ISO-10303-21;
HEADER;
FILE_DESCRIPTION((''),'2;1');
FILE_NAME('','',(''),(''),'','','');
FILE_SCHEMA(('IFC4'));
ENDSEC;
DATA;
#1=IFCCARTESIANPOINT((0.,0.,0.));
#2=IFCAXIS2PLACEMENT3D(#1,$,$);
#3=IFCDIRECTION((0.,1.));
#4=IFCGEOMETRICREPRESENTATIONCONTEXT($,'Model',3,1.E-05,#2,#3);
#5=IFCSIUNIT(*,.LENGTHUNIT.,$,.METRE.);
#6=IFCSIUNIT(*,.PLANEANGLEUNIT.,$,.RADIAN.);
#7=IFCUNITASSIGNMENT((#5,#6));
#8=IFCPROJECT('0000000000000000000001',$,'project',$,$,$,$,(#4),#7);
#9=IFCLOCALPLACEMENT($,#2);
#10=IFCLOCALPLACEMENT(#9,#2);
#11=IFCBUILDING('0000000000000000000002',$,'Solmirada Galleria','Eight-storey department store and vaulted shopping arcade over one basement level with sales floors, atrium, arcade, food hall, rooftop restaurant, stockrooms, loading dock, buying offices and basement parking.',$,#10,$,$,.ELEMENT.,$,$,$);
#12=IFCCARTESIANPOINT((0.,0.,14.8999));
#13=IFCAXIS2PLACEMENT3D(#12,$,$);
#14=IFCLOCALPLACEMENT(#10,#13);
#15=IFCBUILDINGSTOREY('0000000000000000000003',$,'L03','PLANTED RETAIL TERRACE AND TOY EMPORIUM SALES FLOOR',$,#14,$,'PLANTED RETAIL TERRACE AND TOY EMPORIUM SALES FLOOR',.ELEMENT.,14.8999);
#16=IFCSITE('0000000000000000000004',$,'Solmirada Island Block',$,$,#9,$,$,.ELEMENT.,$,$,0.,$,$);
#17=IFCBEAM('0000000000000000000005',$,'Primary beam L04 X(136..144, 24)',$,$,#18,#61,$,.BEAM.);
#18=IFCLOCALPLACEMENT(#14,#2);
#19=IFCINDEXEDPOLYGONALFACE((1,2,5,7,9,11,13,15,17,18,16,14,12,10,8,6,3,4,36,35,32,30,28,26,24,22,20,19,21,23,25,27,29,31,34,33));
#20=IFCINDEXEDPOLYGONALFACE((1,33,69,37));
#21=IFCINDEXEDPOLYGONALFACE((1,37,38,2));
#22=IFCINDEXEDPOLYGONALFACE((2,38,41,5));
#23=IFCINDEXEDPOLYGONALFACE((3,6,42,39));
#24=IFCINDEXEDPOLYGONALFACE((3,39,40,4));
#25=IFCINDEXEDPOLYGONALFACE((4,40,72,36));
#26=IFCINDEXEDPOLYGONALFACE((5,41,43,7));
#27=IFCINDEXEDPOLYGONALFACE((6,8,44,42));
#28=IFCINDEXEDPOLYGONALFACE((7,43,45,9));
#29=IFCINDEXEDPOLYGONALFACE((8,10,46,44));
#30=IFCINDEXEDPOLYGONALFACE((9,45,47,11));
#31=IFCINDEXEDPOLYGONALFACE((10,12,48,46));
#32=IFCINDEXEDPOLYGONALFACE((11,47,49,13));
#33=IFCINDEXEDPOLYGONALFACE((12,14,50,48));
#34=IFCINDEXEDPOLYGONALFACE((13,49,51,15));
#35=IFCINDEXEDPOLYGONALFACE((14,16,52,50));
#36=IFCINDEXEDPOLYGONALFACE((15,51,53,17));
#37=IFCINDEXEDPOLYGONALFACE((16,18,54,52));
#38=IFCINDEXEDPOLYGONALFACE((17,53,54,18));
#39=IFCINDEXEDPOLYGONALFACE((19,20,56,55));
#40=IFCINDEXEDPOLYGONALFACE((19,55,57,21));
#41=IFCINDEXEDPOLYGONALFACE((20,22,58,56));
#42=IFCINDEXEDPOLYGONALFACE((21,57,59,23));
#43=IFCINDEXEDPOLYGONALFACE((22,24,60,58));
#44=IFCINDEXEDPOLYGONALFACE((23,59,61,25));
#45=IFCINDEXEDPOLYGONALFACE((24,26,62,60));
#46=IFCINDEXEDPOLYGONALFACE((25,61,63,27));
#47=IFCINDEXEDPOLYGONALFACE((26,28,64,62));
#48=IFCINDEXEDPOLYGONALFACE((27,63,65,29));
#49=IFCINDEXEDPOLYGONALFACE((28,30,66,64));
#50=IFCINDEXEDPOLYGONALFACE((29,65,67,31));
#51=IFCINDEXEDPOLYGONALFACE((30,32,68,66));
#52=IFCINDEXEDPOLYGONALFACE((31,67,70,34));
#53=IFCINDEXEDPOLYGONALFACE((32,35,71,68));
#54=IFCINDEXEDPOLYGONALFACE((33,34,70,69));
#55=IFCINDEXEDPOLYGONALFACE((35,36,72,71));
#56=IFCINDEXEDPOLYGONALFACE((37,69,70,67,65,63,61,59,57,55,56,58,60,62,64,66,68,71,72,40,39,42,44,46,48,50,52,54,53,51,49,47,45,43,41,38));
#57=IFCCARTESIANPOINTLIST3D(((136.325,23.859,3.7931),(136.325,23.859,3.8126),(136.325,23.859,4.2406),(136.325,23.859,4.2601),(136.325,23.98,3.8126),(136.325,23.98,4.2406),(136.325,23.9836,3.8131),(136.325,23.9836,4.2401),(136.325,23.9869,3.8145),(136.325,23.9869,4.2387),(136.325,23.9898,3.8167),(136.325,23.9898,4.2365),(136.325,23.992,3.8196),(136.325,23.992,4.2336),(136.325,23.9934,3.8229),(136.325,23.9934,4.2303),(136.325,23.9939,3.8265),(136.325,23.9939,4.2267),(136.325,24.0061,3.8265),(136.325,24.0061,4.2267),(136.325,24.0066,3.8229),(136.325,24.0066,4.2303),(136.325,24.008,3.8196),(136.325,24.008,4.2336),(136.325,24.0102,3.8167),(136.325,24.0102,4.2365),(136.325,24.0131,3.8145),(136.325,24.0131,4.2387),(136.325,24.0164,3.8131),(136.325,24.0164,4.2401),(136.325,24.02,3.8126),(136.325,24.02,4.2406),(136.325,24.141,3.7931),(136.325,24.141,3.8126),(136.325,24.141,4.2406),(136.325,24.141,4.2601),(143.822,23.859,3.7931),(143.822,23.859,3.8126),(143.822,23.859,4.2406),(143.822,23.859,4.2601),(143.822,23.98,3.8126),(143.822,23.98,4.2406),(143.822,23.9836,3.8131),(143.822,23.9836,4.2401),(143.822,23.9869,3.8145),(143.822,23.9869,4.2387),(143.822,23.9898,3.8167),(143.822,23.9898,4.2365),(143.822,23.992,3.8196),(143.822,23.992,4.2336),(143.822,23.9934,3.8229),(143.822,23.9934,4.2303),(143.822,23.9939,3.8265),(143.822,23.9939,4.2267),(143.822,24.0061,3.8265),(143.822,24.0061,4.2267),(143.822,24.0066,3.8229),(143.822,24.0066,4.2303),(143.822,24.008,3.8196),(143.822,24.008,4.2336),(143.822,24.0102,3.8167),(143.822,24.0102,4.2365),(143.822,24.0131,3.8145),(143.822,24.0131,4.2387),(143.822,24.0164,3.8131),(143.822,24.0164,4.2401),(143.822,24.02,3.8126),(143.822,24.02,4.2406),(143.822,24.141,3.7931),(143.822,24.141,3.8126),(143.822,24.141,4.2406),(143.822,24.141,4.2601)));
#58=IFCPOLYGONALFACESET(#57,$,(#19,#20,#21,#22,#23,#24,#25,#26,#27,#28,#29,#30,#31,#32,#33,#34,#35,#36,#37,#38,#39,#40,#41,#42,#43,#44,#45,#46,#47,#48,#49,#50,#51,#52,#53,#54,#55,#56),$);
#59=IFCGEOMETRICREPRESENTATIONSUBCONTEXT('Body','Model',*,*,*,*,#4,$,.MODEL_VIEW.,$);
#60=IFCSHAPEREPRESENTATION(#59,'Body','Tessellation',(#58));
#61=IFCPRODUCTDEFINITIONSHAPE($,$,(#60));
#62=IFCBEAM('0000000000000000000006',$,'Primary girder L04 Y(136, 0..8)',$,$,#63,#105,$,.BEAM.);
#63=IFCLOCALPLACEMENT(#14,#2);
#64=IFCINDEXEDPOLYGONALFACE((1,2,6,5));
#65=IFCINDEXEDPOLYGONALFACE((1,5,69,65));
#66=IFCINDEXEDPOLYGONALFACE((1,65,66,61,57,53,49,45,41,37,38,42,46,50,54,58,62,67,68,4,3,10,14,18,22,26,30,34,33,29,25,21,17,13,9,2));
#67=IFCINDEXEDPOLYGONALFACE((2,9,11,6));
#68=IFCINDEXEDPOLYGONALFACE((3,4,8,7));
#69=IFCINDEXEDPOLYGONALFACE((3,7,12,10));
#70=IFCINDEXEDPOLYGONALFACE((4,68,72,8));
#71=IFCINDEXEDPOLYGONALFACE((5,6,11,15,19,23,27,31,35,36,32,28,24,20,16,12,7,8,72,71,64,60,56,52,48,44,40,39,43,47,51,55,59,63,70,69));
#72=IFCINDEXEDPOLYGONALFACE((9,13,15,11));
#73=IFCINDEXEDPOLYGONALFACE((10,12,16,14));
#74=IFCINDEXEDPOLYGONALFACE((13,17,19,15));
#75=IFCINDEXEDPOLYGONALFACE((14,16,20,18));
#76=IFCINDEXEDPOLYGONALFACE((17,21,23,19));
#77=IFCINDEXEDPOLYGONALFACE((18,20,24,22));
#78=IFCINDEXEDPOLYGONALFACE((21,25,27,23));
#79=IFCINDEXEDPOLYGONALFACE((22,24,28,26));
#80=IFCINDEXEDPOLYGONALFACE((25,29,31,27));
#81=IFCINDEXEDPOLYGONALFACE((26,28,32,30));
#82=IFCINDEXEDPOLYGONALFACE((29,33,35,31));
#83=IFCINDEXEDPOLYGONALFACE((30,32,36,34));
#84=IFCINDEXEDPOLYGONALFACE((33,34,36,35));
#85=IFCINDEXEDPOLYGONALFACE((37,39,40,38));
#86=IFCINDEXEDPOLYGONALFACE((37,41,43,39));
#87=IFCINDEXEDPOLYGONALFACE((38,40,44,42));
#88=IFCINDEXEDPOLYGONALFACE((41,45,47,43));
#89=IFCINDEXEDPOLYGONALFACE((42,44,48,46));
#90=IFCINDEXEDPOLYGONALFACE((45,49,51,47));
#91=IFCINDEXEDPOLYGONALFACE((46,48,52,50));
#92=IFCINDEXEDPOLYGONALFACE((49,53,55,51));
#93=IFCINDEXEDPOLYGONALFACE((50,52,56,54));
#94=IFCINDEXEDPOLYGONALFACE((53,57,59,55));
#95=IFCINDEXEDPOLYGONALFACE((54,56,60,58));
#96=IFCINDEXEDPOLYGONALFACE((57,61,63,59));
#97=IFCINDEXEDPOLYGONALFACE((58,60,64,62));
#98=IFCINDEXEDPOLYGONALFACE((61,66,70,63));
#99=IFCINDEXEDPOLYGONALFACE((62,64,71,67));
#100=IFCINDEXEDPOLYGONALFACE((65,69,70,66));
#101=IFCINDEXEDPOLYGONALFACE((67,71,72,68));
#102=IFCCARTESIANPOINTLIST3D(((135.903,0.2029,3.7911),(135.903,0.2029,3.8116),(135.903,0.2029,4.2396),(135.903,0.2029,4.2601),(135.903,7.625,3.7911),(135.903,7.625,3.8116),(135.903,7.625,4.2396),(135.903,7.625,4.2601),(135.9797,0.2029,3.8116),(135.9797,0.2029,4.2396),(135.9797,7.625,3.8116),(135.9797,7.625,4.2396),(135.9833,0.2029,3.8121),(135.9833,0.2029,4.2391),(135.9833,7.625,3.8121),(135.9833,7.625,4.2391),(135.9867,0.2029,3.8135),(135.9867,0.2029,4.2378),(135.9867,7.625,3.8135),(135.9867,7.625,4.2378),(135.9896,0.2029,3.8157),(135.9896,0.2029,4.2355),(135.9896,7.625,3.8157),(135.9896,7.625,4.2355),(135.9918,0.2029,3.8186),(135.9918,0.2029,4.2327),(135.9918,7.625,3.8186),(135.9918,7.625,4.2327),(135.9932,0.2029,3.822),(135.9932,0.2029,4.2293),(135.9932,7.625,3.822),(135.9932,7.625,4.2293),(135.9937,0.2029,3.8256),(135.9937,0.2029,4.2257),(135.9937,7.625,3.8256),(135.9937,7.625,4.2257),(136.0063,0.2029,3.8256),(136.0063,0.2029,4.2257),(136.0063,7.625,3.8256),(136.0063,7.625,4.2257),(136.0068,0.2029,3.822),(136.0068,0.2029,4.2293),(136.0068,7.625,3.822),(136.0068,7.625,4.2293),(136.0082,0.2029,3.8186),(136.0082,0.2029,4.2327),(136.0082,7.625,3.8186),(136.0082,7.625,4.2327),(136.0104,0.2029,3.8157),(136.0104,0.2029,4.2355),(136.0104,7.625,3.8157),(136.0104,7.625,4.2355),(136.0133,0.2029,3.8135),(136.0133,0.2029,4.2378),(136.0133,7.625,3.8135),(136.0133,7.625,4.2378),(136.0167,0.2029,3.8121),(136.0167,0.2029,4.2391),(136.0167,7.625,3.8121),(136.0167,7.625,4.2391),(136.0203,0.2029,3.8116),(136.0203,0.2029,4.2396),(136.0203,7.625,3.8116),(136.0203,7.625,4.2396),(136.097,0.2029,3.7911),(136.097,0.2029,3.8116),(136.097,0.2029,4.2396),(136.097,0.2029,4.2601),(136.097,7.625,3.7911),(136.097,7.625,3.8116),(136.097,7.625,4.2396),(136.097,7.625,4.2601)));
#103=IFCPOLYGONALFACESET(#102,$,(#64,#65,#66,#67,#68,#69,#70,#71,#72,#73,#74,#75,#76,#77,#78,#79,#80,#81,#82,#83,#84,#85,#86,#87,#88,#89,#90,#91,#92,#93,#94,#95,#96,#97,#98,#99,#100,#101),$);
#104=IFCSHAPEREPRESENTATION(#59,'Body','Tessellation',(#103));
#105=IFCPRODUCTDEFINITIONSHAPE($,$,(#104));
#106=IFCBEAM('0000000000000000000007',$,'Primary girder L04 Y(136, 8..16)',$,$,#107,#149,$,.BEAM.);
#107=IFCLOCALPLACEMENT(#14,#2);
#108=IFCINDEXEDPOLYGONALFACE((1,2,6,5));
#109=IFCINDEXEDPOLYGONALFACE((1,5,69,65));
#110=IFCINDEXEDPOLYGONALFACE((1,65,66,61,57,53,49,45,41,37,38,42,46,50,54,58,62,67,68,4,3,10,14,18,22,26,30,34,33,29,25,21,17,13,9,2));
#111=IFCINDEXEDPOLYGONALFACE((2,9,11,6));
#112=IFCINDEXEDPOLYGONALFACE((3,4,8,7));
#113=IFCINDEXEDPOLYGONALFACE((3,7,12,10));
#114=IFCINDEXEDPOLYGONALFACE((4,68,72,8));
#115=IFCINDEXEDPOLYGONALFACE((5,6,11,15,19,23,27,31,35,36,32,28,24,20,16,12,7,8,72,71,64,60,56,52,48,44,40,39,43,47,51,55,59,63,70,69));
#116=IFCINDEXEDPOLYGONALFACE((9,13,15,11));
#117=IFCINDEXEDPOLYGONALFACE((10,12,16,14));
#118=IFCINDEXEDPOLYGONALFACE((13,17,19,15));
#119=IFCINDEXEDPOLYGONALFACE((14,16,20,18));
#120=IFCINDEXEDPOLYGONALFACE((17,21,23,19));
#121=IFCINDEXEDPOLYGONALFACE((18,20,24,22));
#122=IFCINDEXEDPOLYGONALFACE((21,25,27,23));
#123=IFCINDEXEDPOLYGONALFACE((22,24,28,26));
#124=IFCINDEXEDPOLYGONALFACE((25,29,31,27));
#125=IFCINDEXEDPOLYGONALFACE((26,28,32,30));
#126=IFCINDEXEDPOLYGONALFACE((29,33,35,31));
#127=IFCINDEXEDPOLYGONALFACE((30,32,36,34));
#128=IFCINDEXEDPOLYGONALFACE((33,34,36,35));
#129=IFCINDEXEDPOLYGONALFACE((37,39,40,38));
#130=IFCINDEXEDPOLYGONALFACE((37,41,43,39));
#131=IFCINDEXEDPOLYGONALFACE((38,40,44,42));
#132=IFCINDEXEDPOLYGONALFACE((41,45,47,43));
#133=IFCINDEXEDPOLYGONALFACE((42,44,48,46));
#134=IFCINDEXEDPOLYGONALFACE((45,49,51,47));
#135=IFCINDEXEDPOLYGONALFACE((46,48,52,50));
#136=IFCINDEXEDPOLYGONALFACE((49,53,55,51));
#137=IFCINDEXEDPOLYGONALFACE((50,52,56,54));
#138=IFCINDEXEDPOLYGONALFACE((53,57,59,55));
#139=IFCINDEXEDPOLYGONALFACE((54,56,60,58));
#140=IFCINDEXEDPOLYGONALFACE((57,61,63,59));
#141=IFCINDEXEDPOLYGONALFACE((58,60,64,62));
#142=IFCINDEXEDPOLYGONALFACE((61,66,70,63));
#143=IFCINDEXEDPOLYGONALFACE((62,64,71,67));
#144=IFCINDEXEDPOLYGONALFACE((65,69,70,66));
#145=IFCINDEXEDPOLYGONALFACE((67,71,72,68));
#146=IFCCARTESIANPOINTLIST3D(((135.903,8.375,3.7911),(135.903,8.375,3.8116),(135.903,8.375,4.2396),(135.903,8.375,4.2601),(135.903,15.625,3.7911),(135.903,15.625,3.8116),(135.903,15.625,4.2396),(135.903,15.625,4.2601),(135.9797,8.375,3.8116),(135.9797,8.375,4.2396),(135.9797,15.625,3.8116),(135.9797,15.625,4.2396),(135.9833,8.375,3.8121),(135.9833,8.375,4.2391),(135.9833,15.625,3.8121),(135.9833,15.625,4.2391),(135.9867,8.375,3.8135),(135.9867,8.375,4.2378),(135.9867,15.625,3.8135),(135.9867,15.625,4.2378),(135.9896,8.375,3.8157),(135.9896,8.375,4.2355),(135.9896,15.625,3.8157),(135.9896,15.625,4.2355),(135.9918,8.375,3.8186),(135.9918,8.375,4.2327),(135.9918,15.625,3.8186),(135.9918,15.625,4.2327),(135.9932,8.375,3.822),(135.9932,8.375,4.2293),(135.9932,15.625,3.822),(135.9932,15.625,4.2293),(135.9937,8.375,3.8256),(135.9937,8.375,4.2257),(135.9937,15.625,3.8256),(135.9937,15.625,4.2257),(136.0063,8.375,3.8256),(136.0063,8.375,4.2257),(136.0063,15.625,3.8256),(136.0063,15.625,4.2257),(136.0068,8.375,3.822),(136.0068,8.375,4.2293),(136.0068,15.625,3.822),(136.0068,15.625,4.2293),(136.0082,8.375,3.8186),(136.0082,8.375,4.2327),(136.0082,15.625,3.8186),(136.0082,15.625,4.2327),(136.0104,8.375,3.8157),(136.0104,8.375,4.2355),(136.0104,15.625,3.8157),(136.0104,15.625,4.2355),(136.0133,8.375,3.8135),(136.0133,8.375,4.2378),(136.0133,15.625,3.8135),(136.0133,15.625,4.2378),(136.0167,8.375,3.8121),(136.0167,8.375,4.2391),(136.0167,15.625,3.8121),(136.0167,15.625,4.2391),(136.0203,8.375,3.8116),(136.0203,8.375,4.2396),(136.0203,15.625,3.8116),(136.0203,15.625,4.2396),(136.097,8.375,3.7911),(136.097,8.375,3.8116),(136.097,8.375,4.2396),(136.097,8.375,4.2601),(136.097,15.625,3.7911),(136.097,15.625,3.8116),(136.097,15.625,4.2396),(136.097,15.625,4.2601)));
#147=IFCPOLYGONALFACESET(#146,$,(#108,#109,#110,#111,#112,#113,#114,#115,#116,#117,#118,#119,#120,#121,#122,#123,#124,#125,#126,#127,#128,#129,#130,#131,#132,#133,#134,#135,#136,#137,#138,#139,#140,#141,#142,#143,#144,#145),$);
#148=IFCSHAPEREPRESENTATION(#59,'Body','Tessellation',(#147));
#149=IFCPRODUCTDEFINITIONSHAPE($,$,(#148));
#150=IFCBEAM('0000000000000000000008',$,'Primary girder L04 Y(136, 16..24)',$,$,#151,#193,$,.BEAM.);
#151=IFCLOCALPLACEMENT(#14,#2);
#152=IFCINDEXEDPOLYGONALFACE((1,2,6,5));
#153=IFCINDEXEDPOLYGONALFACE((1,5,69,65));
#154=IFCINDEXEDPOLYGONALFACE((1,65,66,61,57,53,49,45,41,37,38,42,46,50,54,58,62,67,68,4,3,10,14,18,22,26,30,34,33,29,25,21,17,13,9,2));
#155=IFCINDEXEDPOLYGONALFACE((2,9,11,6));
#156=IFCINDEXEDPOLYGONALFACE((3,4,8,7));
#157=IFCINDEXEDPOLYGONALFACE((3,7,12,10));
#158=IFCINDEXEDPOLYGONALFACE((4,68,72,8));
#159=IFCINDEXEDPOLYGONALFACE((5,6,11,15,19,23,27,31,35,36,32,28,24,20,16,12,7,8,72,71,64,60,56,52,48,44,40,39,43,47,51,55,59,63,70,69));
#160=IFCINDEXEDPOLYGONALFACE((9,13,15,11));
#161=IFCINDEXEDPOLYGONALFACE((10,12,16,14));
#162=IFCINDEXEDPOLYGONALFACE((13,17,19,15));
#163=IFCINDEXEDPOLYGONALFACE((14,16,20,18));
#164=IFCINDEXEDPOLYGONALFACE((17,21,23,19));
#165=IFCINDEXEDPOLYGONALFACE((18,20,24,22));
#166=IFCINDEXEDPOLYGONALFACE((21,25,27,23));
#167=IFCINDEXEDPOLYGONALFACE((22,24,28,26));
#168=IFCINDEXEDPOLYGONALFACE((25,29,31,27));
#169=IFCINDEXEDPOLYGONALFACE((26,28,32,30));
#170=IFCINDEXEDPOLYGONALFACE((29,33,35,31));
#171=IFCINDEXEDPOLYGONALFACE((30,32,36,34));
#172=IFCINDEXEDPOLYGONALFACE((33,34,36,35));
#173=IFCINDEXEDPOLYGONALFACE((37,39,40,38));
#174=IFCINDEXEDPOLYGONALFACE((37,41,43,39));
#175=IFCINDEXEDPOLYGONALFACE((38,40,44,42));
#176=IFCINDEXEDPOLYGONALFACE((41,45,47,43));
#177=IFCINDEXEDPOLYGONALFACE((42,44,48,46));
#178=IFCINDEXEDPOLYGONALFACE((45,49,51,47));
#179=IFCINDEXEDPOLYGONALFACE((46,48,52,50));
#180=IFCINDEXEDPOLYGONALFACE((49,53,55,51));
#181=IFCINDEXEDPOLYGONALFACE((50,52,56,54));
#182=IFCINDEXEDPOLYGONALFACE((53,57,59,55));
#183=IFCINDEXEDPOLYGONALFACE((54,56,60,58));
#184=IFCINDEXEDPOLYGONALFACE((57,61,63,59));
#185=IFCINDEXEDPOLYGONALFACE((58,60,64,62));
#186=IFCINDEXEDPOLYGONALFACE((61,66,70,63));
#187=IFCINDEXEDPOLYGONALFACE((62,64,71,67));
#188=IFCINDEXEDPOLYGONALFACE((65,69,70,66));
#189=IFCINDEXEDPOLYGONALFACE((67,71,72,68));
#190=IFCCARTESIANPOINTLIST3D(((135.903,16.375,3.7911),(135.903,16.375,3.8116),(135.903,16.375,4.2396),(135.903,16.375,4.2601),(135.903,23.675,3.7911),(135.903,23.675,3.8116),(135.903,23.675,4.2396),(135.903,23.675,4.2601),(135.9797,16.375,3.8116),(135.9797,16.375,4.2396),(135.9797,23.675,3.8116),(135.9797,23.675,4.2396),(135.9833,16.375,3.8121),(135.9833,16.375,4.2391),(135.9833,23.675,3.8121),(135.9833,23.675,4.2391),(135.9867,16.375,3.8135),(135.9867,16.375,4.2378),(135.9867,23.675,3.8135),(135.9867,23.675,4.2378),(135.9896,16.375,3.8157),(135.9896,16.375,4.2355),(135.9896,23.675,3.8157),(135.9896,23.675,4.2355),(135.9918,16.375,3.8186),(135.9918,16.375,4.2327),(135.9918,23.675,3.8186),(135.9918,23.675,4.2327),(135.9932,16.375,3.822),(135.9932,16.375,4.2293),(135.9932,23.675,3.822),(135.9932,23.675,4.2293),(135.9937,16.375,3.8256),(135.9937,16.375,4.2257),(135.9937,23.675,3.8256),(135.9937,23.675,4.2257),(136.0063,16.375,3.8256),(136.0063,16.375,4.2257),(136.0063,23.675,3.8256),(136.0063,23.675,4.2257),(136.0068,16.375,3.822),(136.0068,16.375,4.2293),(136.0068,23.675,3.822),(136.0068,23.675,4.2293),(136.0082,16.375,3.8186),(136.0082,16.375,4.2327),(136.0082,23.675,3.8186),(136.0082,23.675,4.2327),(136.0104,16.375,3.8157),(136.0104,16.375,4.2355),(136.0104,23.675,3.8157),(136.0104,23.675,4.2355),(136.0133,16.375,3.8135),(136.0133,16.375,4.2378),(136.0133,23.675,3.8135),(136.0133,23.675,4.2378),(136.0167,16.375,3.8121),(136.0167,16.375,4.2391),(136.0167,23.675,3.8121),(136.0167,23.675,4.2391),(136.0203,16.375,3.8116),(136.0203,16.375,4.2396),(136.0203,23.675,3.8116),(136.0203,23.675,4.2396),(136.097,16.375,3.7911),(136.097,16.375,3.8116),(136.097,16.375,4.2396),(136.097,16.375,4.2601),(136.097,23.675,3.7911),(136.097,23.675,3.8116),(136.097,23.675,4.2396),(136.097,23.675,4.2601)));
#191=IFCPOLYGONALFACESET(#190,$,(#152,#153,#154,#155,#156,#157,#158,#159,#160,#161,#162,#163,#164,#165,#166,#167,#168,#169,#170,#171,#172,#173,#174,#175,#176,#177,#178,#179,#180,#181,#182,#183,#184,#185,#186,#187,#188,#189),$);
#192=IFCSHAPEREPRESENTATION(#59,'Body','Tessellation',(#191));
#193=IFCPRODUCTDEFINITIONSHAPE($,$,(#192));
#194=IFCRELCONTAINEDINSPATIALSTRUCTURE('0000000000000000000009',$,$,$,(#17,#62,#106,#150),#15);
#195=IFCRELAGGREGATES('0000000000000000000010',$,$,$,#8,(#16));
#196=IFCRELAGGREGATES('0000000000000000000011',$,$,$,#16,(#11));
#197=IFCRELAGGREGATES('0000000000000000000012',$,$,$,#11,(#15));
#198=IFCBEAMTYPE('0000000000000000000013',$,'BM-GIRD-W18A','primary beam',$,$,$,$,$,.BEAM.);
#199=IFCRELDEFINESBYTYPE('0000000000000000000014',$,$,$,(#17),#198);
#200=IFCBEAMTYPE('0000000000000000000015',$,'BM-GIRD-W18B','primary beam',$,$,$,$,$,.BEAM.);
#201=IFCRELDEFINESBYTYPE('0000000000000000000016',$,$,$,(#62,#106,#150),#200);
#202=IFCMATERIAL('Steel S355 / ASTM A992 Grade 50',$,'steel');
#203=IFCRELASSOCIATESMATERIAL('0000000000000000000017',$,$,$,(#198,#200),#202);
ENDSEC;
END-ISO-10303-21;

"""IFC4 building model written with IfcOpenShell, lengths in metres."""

from ifc_helpers import new_model, si_unit, direction, frame, origin, origin_2d, place, context, subcontext, project, spatial, i_section, extrude, material, material_profile, profile_set, type_object, element, save


model = new_model("IFC4")

# Units and contexts
model_context = context("Model", 3, precision=1e-05, world=origin(), true_north=direction((0.0, 1.0)))
body_context = subcontext(model_context, "Body", "Model", "MODEL_VIEW")
ifc_project = project(units=[si_unit("LENGTHUNIT", "METRE"), si_unit("PLANEANGLEUNIT", "RADIAN")], contexts=[model_context])

# Site, building, storey
site_placement = place(None, origin())
site = spatial("IfcSite", under=ifc_project, at=site_placement, Name="Solmirada Island Block", CompositionType="ELEMENT", RefElevation=0.0)
building_placement = place(site_placement, origin())
building = spatial("IfcBuilding", under=site, at=building_placement, Name="Solmirada Galleria", Description="Eight-storey department store and vaulted shopping arcade over one basement level with sales floors, atrium, arcade, food hall, rooftop restaurant, stockrooms, loading dock, buying offices and basement parking.", CompositionType="ELEMENT")
storey_placement = place(building_placement, frame((0.0, 0.0, 14.8999)))
storey = spatial("IfcBuildingStorey", under=building, at=storey_placement, Name="L03", Description="PLANTED RETAIL TERRACE AND TOY EMPORIUM SALES FLOOR", LongName="PLANTED RETAIL TERRACE AND TOY EMPORIUM SALES FLOOR", CompositionType="ELEMENT", Elevation=14.8999)

# Beams
ifc_material_1 = material(Name="Steel S355 / ASTM A992 Grade 50", Category="steel")
ifc_material_profile_1 = material_profile(ifc_material_1, i_section(OverallWidth=0.282, OverallDepth=0.467, WebThickness=0.0122, FlangeThickness=0.0195, FilletRadius=0.0139, at=origin_2d()), Name="W18X86")
ifc_profile_set_1 = profile_set([ifc_material_profile_1], Name="Steel S355 / ASTM A992 Grade 50")
beam_type_1 = type_object("IfcBeamType", Name="BM-GIRD-W18A", Description="primary beam", PredefinedType="BEAM", material=ifc_profile_set_1)
beam_1_placement = place(storey_placement, frame((136.325, 24.0, 4.0266), z_axis=(1.0, 0.0, 0.0), x_axis=(0.0, 1.0, 0.0)))
element("IfcBeam", 1, at=beam_1_placement, inside=storey, type_object=beam_type_1, Name="Primary beam L04 X(136..144, 24)", PredefinedType="BEAM", context=body_context, shape_type="SweptSolid", body=[
    extrude(i_section(OverallWidth=0.282, OverallDepth=0.467, WebThickness=0.0122, FlangeThickness=0.0195, FilletRadius=0.0139, at=origin_2d()), origin(), (0.0, 0.0, 1.0), 7.4971),
])
ifc_material_profile_2 = material_profile(ifc_material_1, i_section(OverallWidth=0.1941, OverallDepth=0.469, WebThickness=0.0127, FlangeThickness=0.0205, FilletRadius=0.0139, at=origin_2d()), Name="W18X71")
ifc_profile_set_2 = profile_set([ifc_material_profile_2], Name="Steel S355 / ASTM A992 Grade 50")
beam_type_2 = type_object("IfcBeamType", Name="BM-GIRD-W18B", Description="primary beam", PredefinedType="BEAM", material=ifc_profile_set_2)
beam_2_placement = place(storey_placement, frame((136.0, 0.2029, 4.0256), z_axis=(0.0, 1.0, 0.0), x_axis=(-1.0, 0.0, 0.0)))
element("IfcBeam", 2, at=beam_2_placement, inside=storey, type_object=beam_type_2, Name="Primary girder L04 Y(136, 0..8)", PredefinedType="BEAM", context=body_context, shape_type="SweptSolid", body=[
    extrude(i_section(OverallWidth=0.1941, OverallDepth=0.469, WebThickness=0.0127, FlangeThickness=0.0205, FilletRadius=0.0139, at=origin_2d()), origin(), (0.0, 0.0, 1.0), 7.4221),
])
beam_3_placement = place(storey_placement, frame((136.0, 8.375, 4.0256), z_axis=(0.0, 1.0, 0.0), x_axis=(-1.0, 0.0, 0.0)))
element("IfcBeam", 3, at=beam_3_placement, inside=storey, type_object=beam_type_2, Name="Primary girder L04 Y(136, 8..16)", PredefinedType="BEAM", context=body_context, shape_type="SweptSolid", body=[
    extrude(i_section(OverallWidth=0.1941, OverallDepth=0.469, WebThickness=0.0127, FlangeThickness=0.0205, FilletRadius=0.0139, at=origin_2d()), origin(), (0.0, 0.0, 1.0), 7.25),
])
beam_4_placement = place(storey_placement, frame((136.0, 16.375, 4.0256), z_axis=(0.0, 1.0, 0.0), x_axis=(-1.0, 0.0, 0.0)))
element("IfcBeam", 4, at=beam_4_placement, inside=storey, type_object=beam_type_2, Name="Primary girder L04 Y(136, 16..24)", PredefinedType="BEAM", context=body_context, shape_type="SweptSolid", body=[
    extrude(i_section(OverallWidth=0.1941, OverallDepth=0.469, WebThickness=0.0127, FlangeThickness=0.0205, FilletRadius=0.0139, at=origin_2d()), origin(), (0.0, 0.0, 1.0), 7.3),
])

save(model, "model.ifc")
